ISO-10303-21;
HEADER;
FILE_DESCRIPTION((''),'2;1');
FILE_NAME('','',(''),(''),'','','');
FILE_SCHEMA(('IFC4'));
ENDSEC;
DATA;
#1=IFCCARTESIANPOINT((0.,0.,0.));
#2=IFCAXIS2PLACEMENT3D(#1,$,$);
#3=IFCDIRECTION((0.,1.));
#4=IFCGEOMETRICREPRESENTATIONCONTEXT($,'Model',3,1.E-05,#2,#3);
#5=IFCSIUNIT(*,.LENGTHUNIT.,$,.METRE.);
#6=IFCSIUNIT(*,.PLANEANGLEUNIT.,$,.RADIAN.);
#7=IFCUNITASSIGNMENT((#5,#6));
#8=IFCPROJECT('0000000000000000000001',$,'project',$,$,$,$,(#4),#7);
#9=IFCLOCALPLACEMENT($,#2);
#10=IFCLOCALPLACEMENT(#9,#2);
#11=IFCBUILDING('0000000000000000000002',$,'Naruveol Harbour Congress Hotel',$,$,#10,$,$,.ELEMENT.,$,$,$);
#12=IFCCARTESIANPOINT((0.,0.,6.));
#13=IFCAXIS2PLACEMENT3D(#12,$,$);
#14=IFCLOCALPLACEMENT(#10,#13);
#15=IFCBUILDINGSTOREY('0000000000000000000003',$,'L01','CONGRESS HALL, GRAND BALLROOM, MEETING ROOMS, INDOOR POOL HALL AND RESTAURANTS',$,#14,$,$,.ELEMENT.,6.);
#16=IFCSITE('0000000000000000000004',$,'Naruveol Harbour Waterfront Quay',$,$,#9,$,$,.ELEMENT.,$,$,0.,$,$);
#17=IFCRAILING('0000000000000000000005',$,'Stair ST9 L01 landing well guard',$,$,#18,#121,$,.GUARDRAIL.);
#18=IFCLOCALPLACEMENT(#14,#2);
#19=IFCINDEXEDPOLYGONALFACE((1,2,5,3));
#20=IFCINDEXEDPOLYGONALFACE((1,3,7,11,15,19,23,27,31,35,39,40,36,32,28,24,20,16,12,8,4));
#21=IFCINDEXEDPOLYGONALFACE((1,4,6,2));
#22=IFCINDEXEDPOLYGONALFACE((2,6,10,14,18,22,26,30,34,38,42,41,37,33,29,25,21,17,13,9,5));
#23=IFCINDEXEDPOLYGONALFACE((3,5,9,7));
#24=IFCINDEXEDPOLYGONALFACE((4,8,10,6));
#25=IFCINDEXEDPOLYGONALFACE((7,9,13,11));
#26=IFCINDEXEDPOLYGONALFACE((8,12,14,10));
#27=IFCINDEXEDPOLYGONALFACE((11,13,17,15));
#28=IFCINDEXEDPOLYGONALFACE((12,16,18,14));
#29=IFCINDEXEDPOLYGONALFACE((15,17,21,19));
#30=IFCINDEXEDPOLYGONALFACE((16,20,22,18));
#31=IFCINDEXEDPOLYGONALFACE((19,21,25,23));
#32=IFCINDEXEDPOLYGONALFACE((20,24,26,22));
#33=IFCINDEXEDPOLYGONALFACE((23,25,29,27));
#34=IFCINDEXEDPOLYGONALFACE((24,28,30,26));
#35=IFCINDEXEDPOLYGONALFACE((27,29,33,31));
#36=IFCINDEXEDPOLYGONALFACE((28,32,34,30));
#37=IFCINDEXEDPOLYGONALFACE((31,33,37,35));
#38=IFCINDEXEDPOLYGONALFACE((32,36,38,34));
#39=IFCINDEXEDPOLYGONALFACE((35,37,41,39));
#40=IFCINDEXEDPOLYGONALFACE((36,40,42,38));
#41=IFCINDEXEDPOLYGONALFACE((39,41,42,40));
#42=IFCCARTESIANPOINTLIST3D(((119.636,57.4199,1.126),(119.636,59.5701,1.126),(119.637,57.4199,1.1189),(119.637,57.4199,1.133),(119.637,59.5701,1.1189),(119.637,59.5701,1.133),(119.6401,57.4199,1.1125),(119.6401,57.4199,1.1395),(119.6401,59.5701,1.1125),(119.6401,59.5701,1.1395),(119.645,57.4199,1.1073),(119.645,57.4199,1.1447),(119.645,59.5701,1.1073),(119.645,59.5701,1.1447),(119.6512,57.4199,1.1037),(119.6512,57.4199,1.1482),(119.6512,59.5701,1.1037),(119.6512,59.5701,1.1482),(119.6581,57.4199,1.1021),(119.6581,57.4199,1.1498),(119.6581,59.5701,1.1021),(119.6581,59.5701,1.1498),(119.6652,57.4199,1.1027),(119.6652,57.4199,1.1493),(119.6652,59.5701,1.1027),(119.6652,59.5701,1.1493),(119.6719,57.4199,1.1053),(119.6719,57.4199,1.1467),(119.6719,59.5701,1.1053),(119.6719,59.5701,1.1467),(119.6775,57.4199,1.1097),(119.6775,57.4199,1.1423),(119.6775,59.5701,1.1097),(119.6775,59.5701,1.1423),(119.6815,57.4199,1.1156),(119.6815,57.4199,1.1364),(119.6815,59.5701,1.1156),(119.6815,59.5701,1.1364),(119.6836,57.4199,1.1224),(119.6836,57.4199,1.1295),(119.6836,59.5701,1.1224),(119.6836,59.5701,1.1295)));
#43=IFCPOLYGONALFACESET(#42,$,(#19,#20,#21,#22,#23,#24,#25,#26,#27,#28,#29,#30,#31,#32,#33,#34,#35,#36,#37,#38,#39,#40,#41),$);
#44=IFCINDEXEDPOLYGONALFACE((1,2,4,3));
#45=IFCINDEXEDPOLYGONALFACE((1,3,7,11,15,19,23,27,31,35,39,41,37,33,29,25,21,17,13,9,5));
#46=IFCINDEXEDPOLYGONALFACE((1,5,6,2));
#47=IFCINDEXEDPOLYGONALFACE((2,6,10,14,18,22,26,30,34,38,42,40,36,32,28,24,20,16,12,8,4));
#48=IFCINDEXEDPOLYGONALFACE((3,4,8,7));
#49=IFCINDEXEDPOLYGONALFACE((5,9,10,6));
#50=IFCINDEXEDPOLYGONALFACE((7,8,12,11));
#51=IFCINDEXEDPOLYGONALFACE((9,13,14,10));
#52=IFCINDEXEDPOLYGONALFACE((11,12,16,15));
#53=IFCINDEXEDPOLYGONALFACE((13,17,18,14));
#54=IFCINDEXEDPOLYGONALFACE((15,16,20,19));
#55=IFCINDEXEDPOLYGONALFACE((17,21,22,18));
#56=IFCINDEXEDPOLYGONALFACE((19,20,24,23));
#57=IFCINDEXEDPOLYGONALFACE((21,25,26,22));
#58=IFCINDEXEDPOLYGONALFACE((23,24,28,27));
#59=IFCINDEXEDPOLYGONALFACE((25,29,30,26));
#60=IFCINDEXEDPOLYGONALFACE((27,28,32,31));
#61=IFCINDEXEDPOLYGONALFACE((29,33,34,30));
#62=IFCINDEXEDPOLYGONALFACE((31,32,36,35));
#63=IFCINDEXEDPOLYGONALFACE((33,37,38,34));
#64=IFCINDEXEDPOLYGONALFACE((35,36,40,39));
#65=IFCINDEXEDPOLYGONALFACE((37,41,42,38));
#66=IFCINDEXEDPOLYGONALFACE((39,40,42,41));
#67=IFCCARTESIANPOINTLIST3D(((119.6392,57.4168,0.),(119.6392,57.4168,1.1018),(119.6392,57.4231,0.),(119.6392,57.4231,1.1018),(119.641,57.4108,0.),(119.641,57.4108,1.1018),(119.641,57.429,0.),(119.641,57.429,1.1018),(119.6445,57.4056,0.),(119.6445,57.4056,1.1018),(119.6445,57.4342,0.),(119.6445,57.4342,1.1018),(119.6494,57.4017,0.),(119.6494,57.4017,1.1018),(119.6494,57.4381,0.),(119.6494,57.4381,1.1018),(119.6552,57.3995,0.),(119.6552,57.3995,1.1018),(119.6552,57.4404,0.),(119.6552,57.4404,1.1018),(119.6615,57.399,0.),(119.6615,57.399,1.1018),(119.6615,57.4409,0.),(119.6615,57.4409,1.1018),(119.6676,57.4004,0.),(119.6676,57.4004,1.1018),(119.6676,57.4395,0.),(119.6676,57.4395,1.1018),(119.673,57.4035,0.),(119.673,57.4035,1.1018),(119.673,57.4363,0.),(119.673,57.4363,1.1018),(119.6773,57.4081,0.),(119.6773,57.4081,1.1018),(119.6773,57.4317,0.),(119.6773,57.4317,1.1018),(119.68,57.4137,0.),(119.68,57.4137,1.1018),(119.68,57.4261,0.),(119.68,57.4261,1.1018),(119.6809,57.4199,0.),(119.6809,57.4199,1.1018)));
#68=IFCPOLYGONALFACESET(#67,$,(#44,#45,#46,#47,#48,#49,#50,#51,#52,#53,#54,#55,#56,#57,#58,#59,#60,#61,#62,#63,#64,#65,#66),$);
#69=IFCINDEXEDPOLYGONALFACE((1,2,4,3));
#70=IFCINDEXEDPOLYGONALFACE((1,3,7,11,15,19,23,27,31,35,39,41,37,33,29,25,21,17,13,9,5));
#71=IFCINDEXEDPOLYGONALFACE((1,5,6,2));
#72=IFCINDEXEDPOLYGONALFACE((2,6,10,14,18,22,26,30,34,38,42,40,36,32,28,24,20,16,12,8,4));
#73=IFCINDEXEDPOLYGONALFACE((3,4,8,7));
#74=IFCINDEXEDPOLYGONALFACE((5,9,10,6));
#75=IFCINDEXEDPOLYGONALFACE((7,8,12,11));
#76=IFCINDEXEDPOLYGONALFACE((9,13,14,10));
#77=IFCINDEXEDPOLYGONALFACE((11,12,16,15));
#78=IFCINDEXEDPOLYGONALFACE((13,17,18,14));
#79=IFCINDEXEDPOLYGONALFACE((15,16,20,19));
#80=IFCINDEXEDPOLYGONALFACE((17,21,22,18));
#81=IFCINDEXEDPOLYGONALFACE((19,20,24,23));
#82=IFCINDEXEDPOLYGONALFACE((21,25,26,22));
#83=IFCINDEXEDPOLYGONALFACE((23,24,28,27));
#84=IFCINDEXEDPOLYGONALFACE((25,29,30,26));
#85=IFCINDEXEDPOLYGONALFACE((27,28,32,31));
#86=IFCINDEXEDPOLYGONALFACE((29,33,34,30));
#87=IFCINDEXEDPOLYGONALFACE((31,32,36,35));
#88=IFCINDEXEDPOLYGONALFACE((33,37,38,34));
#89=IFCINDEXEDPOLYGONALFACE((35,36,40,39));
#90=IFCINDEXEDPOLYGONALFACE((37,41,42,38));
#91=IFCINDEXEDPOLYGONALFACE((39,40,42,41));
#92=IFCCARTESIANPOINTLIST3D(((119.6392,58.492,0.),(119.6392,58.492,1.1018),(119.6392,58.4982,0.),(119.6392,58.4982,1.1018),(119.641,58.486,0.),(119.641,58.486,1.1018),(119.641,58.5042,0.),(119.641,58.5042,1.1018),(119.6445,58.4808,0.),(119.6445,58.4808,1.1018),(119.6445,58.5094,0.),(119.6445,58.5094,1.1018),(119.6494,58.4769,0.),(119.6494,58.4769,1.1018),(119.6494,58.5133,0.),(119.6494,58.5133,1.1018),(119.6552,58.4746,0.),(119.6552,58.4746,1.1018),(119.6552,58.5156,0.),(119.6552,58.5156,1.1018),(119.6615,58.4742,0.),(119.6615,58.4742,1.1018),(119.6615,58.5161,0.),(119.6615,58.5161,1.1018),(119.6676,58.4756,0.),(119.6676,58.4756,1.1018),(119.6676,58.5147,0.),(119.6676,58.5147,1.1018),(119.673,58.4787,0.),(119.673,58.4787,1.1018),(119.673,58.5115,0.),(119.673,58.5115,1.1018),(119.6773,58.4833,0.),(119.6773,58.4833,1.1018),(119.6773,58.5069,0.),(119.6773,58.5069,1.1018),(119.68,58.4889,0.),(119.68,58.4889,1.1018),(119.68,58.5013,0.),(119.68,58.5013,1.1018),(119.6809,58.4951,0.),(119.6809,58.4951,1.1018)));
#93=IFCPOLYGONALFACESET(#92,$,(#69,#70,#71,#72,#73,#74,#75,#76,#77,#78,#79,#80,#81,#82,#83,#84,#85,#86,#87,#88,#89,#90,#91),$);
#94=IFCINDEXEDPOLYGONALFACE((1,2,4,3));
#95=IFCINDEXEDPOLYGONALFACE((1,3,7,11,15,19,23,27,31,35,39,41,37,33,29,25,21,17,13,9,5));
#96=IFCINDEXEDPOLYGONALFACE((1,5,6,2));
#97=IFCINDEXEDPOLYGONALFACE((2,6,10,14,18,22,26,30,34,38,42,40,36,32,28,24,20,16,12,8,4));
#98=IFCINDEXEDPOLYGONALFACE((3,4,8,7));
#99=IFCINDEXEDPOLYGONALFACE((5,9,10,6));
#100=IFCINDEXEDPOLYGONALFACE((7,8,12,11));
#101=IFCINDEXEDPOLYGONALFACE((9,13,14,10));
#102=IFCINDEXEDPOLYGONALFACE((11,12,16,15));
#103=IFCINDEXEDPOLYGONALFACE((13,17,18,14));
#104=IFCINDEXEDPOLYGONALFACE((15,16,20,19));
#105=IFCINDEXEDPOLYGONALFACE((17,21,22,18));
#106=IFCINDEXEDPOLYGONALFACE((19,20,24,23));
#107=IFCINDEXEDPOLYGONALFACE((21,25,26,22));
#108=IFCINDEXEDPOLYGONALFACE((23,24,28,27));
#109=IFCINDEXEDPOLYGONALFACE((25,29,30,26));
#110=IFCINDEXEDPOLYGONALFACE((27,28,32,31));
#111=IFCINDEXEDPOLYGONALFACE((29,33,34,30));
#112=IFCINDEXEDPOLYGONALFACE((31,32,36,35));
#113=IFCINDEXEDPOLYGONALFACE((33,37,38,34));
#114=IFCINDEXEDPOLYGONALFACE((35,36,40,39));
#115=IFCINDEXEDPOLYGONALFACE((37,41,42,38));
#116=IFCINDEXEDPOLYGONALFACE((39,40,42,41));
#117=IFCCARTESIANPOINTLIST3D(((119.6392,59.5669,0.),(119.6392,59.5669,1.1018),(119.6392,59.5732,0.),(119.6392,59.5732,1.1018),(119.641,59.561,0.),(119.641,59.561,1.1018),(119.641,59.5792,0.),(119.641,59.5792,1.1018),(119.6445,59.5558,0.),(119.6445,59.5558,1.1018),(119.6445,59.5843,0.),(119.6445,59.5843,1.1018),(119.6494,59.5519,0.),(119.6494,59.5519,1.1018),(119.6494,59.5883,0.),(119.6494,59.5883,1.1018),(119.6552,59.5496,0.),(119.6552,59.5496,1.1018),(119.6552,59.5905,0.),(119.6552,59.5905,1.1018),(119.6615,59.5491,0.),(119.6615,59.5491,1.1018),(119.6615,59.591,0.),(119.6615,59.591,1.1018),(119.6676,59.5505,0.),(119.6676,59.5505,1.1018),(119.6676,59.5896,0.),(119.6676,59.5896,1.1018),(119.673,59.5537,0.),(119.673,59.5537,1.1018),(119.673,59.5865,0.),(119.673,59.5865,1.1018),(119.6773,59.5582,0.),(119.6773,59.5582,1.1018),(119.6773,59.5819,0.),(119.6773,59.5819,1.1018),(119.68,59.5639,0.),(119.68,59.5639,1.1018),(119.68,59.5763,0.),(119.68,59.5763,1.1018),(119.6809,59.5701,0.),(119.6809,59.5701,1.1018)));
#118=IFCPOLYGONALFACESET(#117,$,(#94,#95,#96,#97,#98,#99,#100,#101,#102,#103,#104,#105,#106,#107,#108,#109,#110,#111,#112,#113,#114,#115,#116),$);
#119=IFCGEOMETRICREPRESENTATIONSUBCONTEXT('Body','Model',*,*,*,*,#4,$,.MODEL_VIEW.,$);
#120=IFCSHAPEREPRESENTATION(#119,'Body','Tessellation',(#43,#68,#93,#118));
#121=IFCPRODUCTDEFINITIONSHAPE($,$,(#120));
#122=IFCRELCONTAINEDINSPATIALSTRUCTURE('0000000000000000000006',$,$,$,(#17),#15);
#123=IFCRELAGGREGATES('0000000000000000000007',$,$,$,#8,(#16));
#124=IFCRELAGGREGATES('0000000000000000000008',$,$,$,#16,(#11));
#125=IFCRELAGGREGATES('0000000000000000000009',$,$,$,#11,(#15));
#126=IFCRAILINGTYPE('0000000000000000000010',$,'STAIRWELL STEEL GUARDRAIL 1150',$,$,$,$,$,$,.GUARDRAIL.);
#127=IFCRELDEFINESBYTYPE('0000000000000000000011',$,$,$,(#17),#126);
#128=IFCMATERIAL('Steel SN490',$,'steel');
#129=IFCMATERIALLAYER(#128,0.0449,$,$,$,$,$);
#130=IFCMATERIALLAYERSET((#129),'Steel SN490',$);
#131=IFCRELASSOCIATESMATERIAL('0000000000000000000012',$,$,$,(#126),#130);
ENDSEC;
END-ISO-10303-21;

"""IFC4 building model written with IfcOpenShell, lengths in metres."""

from ifc_helpers import new_model, si_unit, direction, frame, origin, origin_2d, place, context, subcontext, project, spatial, circle, extrude, material, layer, layer_set, type_object, element, save


model = new_model("IFC4")

# Units and contexts
model_context = context("Model", 3, precision=1e-05, world=origin(), true_north=direction((0.0, 1.0)))
body_context = subcontext(model_context, "Body", "Model", "MODEL_VIEW")
ifc_project = project(units=[si_unit("LENGTHUNIT", "METRE"), si_unit("PLANEANGLEUNIT", "RADIAN")], contexts=[model_context])

# Site, building, storey
site_placement = place(None, origin())
site = spatial("IfcSite", under=ifc_project, at=site_placement, Name="Naruveol Harbour Waterfront Quay", CompositionType="ELEMENT", RefElevation=0.0)
building_placement = place(site_placement, origin())
building = spatial("IfcBuilding", under=site, at=building_placement, Name="Naruveol Harbour Congress Hotel", CompositionType="ELEMENT")
storey_placement = place(building_placement, frame((0.0, 0.0, 6.0)))
storey = spatial("IfcBuildingStorey", under=building, at=storey_placement, Name="L01", Description="CONGRESS HALL, GRAND BALLROOM, MEETING ROOMS, INDOOR POOL HALL AND RESTAURANTS", CompositionType="ELEMENT", Elevation=6.0)

# Railing
ifc_material_1 = material(Name="Steel SN490", Category="steel")
ifc_layer_1 = layer(ifc_material_1, 0.0449)
ifc_layer_set_1 = layer_set([ifc_layer_1], Name="Steel SN490")
railing_type_1 = type_object("IfcRailingType", Name="STAIRWELL STEEL GUARDRAIL 1150", PredefinedType="GUARDRAIL", material=ifc_layer_set_1)
railing_1_placement = place(storey_placement, frame((119.6599, 57.4199, 0.0)))
element("IfcRailing", 1, at=railing_1_placement, inside=storey, type_object=railing_type_1, Name="Stair ST9 L01 landing well guard", PredefinedType="GUARDRAIL", context=body_context, shape_type="SweptSolid", body=[
    extrude(circle(Radius=0.0239, at=origin_2d()), frame((0.0, 0.0, 1.126), z_axis=(0.0, 1.0, 0.0), x_axis=(-1.0, 0.0, 0.0)), (0.0, 0.0, 1.0), 2.1501),
    extrude(circle(Radius=0.021, at=origin_2d()), origin(), (0.0, 0.0, 1.0), 1.1018),
    extrude(circle(Radius=0.021, at=origin_2d()), frame((0.0, 1.0752, 0.0)), (0.0, 0.0, 1.0), 1.1018),
    extrude(circle(Radius=0.021, at=origin_2d()), frame((0.0, 2.1501, 0.0)), (0.0, 0.0, 1.0), 1.1018),
])

save(model, "model.ifc")
